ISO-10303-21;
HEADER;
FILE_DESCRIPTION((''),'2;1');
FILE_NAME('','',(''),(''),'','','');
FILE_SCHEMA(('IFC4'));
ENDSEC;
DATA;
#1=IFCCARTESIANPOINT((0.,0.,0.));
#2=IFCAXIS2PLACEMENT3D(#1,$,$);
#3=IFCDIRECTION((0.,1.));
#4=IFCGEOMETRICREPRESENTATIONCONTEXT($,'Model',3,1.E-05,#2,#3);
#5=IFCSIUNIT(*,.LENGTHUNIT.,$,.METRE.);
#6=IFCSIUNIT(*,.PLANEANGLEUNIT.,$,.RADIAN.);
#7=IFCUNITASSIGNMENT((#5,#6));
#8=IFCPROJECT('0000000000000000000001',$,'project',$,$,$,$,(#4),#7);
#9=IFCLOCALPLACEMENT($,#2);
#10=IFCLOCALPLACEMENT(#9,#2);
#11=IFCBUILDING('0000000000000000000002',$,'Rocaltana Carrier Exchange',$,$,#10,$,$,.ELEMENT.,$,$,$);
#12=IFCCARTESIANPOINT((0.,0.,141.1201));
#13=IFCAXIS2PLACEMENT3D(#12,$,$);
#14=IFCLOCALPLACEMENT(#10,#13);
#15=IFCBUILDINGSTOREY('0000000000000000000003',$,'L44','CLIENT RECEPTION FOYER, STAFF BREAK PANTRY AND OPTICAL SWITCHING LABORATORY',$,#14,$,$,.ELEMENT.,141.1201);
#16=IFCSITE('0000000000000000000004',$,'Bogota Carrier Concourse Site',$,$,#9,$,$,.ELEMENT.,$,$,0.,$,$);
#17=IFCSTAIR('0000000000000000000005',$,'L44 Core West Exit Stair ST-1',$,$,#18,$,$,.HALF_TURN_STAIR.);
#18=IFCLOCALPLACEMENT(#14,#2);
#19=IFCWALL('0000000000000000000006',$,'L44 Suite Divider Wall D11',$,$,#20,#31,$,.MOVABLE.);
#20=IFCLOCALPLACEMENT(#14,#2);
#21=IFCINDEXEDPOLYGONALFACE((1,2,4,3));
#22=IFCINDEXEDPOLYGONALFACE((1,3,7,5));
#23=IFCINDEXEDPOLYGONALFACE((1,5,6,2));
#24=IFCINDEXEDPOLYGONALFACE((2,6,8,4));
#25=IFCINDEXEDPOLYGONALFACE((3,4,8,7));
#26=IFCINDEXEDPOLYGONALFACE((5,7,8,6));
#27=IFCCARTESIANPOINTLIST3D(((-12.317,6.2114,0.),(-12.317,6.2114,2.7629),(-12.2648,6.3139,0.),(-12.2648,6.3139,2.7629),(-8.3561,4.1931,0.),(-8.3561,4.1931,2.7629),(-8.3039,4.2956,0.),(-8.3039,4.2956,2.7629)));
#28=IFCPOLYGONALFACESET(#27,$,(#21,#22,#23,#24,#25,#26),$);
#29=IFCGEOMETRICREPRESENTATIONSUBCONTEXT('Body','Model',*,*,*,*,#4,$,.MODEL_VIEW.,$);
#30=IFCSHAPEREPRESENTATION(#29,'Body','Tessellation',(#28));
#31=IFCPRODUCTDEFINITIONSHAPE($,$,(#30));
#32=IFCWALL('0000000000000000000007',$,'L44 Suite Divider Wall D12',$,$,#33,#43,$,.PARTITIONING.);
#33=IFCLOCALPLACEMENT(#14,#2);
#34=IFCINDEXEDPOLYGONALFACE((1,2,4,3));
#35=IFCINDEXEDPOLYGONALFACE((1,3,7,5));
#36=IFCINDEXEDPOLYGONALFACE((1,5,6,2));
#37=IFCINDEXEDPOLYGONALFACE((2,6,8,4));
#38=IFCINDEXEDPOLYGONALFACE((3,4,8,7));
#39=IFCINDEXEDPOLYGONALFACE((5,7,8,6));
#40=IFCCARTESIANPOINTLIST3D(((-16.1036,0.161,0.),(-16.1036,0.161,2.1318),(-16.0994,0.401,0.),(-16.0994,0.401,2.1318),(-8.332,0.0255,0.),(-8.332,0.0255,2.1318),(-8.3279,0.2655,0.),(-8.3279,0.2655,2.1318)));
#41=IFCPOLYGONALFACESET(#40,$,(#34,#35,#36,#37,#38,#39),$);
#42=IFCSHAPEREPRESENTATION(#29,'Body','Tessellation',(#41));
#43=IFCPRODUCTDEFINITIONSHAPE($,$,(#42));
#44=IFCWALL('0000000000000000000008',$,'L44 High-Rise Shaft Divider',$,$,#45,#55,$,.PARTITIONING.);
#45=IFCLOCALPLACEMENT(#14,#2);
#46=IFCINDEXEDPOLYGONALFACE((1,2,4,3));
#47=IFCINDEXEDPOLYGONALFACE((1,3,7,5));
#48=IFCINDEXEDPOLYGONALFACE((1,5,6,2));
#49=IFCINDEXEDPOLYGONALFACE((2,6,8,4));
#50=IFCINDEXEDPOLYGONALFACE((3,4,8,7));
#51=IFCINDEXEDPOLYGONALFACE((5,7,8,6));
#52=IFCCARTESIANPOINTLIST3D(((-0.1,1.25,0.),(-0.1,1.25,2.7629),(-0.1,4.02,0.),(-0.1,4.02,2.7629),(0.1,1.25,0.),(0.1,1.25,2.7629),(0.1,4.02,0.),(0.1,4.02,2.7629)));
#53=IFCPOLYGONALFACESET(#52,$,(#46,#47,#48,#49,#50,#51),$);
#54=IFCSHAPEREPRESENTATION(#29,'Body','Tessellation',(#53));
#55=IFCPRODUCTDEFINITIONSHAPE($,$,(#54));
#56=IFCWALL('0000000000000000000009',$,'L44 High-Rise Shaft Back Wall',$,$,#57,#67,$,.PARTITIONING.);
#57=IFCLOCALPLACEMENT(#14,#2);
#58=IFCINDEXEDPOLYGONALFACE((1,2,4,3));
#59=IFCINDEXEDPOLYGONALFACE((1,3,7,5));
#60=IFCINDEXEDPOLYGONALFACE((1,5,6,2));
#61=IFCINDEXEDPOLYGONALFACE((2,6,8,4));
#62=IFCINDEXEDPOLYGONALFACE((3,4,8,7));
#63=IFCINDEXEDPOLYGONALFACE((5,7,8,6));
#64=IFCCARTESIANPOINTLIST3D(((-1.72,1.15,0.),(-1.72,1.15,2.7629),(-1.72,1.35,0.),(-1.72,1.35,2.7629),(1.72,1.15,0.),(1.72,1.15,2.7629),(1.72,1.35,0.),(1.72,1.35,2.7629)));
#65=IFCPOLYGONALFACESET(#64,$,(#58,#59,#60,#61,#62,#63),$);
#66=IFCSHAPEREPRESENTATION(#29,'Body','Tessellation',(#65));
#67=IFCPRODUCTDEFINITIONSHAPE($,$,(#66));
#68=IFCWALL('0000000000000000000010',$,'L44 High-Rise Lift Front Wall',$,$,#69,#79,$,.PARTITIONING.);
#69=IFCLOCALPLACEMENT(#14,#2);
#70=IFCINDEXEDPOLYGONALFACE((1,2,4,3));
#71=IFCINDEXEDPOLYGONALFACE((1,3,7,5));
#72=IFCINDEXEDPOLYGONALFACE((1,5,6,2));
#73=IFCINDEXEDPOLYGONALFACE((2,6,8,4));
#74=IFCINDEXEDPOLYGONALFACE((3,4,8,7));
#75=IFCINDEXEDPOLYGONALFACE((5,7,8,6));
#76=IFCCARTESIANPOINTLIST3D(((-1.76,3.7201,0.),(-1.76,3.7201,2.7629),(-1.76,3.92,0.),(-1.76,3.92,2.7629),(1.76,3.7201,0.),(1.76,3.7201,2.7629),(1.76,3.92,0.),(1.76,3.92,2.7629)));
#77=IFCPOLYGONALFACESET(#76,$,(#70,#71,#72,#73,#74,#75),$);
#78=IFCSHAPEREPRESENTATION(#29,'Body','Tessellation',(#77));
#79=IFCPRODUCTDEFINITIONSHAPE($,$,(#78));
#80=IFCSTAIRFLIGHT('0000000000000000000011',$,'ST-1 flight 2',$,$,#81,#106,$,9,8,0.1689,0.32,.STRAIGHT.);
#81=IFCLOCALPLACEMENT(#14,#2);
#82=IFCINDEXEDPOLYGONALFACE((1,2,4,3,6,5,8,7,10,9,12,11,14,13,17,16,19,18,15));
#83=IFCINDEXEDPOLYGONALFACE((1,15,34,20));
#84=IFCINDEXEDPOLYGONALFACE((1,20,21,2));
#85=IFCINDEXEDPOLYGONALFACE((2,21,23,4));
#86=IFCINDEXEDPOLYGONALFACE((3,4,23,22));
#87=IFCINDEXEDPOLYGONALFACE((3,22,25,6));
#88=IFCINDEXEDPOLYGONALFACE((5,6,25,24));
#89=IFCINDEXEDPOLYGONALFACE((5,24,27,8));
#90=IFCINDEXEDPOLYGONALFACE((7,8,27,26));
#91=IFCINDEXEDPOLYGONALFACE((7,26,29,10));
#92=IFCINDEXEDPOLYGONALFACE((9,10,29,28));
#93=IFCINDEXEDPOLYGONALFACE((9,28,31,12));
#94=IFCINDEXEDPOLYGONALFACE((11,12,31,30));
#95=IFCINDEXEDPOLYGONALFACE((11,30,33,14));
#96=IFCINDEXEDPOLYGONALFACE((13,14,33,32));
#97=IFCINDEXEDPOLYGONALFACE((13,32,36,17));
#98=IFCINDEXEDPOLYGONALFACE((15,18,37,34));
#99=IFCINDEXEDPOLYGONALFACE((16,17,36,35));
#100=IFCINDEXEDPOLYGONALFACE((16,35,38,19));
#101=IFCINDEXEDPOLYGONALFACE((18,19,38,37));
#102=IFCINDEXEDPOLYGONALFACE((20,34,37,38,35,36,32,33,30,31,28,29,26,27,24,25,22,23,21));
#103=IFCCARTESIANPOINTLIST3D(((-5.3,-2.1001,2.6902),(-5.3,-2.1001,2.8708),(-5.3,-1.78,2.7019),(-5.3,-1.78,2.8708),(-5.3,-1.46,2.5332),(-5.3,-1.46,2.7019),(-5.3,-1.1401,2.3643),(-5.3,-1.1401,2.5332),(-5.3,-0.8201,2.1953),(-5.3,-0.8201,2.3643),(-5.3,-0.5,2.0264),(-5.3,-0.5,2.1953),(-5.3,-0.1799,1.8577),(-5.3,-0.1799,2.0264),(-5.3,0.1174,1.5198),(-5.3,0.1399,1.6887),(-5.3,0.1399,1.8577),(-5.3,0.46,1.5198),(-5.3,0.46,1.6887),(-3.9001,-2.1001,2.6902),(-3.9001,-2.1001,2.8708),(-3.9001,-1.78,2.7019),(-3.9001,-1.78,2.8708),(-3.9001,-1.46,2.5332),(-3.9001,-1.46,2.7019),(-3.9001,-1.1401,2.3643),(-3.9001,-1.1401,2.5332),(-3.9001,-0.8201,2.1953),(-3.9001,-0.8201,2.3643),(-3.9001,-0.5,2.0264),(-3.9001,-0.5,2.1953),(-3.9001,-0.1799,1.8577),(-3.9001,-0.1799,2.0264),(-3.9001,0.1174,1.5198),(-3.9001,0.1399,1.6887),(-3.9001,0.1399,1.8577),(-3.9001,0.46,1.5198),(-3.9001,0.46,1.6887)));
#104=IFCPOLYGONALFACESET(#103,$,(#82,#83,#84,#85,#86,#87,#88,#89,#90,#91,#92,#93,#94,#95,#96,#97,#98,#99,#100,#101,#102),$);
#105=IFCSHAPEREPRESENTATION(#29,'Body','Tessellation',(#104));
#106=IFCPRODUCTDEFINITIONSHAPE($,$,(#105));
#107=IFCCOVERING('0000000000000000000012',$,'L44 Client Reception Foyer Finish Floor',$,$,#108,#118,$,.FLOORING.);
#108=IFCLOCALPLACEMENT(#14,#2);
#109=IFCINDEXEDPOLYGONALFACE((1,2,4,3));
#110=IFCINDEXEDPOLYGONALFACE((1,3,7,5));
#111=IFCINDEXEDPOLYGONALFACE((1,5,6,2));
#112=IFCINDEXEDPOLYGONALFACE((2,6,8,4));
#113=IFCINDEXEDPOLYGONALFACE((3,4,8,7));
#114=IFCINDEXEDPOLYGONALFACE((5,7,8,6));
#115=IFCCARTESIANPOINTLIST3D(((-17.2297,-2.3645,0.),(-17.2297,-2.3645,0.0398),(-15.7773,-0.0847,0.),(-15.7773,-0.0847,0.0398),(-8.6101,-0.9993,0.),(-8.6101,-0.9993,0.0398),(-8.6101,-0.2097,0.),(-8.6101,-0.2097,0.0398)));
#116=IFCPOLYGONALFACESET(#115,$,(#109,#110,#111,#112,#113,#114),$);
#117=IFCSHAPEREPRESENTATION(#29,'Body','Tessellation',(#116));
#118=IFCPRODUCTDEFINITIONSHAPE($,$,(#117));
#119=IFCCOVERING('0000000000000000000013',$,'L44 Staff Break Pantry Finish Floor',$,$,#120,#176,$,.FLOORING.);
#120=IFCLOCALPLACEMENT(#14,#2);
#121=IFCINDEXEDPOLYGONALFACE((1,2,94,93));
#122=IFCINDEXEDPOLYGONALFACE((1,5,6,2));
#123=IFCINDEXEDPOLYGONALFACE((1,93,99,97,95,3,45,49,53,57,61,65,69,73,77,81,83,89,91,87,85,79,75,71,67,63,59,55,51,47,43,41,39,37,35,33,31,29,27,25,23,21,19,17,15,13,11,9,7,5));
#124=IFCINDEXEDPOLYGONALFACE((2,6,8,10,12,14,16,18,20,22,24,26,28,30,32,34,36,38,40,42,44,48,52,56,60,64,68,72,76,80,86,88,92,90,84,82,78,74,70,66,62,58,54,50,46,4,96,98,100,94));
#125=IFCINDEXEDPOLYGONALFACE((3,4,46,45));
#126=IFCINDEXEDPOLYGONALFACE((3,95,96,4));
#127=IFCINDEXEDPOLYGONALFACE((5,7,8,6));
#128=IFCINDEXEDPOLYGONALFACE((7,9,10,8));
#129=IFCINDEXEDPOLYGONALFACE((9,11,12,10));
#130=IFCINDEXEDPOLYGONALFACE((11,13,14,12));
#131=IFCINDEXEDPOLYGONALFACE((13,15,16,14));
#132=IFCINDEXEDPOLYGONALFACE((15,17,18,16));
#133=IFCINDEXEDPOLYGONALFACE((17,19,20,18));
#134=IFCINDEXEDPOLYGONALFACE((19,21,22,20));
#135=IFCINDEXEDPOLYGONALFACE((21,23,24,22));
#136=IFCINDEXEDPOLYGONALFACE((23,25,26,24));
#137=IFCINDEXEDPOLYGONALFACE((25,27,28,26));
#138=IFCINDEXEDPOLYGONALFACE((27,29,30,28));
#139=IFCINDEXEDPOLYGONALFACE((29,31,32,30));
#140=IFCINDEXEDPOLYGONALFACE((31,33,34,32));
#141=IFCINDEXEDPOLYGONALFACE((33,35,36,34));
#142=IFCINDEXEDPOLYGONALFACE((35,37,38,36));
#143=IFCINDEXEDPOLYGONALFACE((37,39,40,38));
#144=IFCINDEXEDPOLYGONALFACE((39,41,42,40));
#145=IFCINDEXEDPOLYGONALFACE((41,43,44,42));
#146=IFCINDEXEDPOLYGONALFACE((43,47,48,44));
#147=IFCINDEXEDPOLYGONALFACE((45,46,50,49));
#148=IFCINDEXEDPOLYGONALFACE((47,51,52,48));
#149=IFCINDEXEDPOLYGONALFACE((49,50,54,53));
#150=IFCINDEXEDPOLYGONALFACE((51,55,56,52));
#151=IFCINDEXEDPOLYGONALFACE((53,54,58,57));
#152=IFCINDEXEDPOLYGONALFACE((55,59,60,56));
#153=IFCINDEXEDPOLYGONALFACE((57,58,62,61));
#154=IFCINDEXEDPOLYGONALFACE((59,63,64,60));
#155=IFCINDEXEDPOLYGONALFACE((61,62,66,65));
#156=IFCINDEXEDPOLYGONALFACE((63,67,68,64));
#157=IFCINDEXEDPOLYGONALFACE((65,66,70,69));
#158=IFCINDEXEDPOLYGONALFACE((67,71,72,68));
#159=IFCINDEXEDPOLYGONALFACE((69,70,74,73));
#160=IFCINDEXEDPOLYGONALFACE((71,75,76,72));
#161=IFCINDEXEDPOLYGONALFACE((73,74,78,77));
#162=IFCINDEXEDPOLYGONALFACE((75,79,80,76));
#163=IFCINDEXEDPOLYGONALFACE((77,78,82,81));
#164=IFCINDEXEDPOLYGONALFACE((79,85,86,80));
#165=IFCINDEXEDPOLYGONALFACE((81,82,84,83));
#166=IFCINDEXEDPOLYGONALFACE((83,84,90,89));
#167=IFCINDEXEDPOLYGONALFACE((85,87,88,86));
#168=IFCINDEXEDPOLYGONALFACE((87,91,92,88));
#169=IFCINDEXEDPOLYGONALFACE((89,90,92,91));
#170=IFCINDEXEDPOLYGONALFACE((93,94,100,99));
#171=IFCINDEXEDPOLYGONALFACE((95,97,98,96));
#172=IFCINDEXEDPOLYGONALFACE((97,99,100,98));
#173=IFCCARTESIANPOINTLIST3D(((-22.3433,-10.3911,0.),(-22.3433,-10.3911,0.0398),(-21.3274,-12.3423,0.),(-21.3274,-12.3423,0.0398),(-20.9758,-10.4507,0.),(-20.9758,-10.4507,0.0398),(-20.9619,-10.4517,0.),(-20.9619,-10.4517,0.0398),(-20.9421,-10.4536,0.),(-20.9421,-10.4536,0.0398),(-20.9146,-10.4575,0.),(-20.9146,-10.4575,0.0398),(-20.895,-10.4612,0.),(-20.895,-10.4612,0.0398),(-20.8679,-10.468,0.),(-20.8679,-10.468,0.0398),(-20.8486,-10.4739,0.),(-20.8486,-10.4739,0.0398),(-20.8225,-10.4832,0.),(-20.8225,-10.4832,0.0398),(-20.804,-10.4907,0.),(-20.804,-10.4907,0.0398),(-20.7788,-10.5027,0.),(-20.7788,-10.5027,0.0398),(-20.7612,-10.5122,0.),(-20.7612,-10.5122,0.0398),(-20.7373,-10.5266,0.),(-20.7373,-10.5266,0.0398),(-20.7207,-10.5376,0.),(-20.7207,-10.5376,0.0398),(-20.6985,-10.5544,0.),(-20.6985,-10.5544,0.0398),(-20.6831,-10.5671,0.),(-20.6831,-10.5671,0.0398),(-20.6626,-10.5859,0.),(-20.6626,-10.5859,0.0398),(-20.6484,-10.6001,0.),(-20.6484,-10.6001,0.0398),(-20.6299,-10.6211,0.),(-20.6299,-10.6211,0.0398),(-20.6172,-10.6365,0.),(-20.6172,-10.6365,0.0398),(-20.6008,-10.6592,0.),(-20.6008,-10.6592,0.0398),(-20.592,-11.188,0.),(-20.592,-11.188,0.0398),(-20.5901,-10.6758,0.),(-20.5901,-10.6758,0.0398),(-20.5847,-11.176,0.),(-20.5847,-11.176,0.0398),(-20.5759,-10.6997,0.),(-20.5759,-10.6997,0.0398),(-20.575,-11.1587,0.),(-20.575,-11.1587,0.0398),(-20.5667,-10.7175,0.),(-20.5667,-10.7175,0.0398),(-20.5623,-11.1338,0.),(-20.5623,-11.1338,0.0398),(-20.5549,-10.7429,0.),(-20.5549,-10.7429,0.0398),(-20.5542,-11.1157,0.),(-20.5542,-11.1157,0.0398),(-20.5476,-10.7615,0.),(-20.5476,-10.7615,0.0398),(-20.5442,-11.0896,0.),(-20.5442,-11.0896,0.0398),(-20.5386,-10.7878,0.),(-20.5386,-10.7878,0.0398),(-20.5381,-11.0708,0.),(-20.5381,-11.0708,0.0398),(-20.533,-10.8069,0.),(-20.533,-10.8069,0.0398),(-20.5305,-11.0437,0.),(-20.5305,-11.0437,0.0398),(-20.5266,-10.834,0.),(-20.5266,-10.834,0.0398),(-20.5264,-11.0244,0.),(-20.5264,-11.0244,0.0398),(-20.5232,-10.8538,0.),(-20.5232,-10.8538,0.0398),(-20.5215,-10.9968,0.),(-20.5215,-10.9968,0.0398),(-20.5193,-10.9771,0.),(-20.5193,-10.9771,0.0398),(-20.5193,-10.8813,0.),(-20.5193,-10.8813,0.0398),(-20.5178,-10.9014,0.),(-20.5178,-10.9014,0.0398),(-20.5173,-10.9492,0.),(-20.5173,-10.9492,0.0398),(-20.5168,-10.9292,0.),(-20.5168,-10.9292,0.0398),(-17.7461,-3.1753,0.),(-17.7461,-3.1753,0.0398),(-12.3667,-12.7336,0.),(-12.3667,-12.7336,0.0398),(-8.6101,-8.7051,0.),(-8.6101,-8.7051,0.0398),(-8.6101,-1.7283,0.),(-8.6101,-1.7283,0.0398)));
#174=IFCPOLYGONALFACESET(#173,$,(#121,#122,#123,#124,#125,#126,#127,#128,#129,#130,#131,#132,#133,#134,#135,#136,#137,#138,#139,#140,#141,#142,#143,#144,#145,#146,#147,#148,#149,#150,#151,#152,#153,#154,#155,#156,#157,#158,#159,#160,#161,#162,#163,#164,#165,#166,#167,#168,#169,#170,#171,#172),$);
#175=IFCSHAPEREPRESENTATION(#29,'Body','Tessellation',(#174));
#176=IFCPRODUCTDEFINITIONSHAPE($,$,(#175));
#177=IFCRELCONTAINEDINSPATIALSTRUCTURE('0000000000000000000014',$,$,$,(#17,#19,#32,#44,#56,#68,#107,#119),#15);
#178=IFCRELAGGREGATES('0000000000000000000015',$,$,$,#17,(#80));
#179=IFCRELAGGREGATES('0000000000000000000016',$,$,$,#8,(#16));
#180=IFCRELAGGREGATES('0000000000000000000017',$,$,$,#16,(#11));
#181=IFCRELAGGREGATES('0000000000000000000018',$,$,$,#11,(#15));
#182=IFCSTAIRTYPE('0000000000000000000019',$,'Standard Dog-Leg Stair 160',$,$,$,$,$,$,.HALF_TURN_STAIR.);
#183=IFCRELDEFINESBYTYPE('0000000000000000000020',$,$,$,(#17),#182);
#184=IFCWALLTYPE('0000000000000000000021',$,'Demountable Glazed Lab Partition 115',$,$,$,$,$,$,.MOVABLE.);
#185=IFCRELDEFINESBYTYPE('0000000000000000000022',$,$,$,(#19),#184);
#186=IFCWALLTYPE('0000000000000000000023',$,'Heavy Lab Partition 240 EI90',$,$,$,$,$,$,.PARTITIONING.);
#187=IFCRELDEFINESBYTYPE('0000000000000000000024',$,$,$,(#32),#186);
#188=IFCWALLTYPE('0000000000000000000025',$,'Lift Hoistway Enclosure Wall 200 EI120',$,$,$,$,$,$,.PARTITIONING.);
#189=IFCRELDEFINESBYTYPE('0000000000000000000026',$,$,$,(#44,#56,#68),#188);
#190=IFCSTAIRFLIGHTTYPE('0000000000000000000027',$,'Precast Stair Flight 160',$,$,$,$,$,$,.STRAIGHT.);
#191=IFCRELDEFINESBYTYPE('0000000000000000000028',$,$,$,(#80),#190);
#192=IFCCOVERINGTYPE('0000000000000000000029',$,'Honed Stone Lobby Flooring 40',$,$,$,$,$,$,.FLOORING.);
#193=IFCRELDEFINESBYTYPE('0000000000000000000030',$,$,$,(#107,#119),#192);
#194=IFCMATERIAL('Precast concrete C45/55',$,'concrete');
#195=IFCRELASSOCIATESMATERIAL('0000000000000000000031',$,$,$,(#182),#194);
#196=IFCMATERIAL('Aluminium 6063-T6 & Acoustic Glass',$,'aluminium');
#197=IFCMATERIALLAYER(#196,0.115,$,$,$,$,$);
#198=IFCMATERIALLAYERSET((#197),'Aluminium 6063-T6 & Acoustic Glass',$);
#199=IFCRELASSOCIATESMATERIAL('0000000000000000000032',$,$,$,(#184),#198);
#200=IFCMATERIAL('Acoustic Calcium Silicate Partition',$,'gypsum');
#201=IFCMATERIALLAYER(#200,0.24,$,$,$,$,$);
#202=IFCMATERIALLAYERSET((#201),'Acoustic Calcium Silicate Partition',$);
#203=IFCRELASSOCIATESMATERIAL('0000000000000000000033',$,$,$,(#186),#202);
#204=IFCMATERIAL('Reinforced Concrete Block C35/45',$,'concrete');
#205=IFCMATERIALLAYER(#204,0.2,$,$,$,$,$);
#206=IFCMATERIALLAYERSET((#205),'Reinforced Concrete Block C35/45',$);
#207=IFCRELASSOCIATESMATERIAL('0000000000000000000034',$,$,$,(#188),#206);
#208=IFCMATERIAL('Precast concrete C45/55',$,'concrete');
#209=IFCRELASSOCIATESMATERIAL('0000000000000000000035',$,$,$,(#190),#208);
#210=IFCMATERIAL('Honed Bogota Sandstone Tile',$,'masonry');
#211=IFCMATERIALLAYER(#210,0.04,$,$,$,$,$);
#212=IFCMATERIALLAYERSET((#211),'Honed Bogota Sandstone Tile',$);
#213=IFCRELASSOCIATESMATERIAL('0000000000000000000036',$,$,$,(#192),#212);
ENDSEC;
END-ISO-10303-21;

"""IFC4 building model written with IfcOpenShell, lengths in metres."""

from ifc_helpers import new_model, si_unit, direction, frame, frame_2d, origin, place, context, subcontext, project, spatial, polyline, rectangle, outline, extrude, material, layer, layer_set, type_object, element, aggregate, save


model = new_model("IFC4")

# Units and contexts
model_context = context("Model", 3, precision=1e-05, world=origin(), true_north=direction((0.0, 1.0)))
body_context = subcontext(model_context, "Body", "Model", "MODEL_VIEW")
ifc_project = project(units=[si_unit("LENGTHUNIT", "METRE"), si_unit("PLANEANGLEUNIT", "RADIAN")], contexts=[model_context])

# Site, building, storey
site_placement = place(None, origin())
site = spatial("IfcSite", under=ifc_project, at=site_placement, Name="Bogota Carrier Concourse Site", CompositionType="ELEMENT", RefElevation=0.0)
building_placement = place(site_placement, origin())
building = spatial("IfcBuilding", under=site, at=building_placement, Name="Rocaltana Carrier Exchange", CompositionType="ELEMENT")
storey_placement = place(building_placement, frame((0.0, 0.0, 141.1201)))
storey = spatial("IfcBuildingStorey", under=building, at=storey_placement, Name="L44", Description="CLIENT RECEPTION FOYER, STAFF BREAK PANTRY AND OPTICAL SWITCHING LABORATORY", CompositionType="ELEMENT", Elevation=141.1201)

# Stair
ifc_material_1 = material(Name="Precast concrete C45/55", Category="concrete")
stair_type = type_object("IfcStairType", Name="Standard Dog-Leg Stair 160", PredefinedType="HALF_TURN_STAIR", material=ifc_material_1)
stair_1_placement = place(storey_placement, origin())
stair_1 = element("IfcStair", 1, at=stair_1_placement, inside=storey, type_object=stair_type, Name="L44 Core West Exit Stair ST-1", PredefinedType="HALF_TURN_STAIR")

# Walls
ifc_material_2 = material(Name="Aluminium 6063-T6 & Acoustic Glass", Category="aluminium")
ifc_layer_1 = layer(ifc_material_2, 0.115)
ifc_layer_set_1 = layer_set([ifc_layer_1], Name="Aluminium 6063-T6 & Acoustic Glass")
wall_type_1 = type_object("IfcWallType", Name="Demountable Glazed Lab Partition 115", PredefinedType="MOVABLE", material=ifc_layer_set_1)
wall_1_placement = place(storey_placement, frame((-8.3301, 4.2444, 0.0), z_axis=(0.0, 0.0, 1.0), x_axis=(-0.890996, 0.454011, 0.0)))
element("IfcWall", 2, at=wall_1_placement, inside=storey, type_object=wall_type_1, Name="L44 Suite Divider Wall D11", PredefinedType="MOVABLE", context=body_context, shape_type="SweptSolid", body=[
    extrude(rectangle(XDim=4.4456, YDim=0.115, at=frame_2d((2.2227, 0.0))), origin(), (0.0, 0.0, 1.0), 2.7629),
])
ifc_material_3 = material(Name="Acoustic Calcium Silicate Partition", Category="gypsum")
ifc_layer_2 = layer(ifc_material_3, 0.24)
ifc_layer_set_2 = layer_set([ifc_layer_2], Name="Acoustic Calcium Silicate Partition")
wall_type_2 = type_object("IfcWallType", Name="Heavy Lab Partition 240 EI90", PredefinedType="PARTITIONING", material=ifc_layer_set_2)
wall_2_placement = place(storey_placement, frame((-8.3301, 0.1455, 0.0), z_axis=(0.0, 0.0, 1.0), x_axis=(-0.999848, 0.017433, 0.0)))
element("IfcWall", 3, at=wall_2_placement, inside=storey, type_object=wall_type_2, Name="L44 Suite Divider Wall D12", PredefinedType="PARTITIONING", context=body_context, shape_type="SweptSolid", body=[
    extrude(rectangle(XDim=7.7727, YDim=0.24, at=frame_2d((3.8862, 0.0))), origin(), (0.0, 0.0, 1.0), 2.1318),
])
ifc_material_4 = material(Name="Reinforced Concrete Block C35/45", Category="concrete")
ifc_layer_3 = layer(ifc_material_4, 0.2)
ifc_layer_set_3 = layer_set([ifc_layer_3], Name="Reinforced Concrete Block C35/45")
wall_type_3 = type_object("IfcWallType", Name="Lift Hoistway Enclosure Wall 200 EI120", PredefinedType="PARTITIONING", material=ifc_layer_set_3)
wall_3_placement = place(storey_placement, frame((0.0, 1.25, 0.0), z_axis=(0.0, 0.0, 1.0), x_axis=(0.0, 1.0, 0.0)))
element("IfcWall", 4, at=wall_3_placement, inside=storey, type_object=wall_type_3, Name="L44 High-Rise Shaft Divider", PredefinedType="PARTITIONING", context=body_context, shape_type="SweptSolid", body=[
    extrude(rectangle(XDim=2.77, YDim=0.2, at=frame_2d((1.385, 0.0))), origin(), (0.0, 0.0, 1.0), 2.7629),
])
wall_4_placement = place(storey_placement, frame((-1.72, 1.25, 0.0), z_axis=(0.0, 0.0, 1.0), x_axis=(1.0, 0.0, 0.0)))
element("IfcWall", 5, at=wall_4_placement, inside=storey, type_object=wall_type_3, Name="L44 High-Rise Shaft Back Wall", PredefinedType="PARTITIONING", context=body_context, shape_type="SweptSolid", body=[
    extrude(rectangle(XDim=3.4399, YDim=0.2, at=frame_2d((1.72, 0.0))), origin(), (0.0, 0.0, 1.0), 2.7629),
])
wall_5_placement = place(storey_placement, frame((-1.76, 3.8201, 0.0), z_axis=(0.0, 0.0, 1.0), x_axis=(1.0, 0.0, 0.0)))
element("IfcWall", 6, at=wall_5_placement, inside=storey, type_object=wall_type_3, Name="L44 High-Rise Lift Front Wall", PredefinedType="PARTITIONING", context=body_context, shape_type="SweptSolid", body=[
    extrude(rectangle(XDim=3.52, YDim=0.2, at=frame_2d((1.76, 0.0))), origin(), (0.0, 0.0, 1.0), 2.7629),
])

# Stair flight
ifc_material_5 = material(Name="Precast concrete C45/55", Category="concrete")
stair_flight_type = type_object("IfcStairFlightType", Name="Precast Stair Flight 160", PredefinedType="STRAIGHT", material=ifc_material_5)
stair_flight_placement = place(storey_placement, frame((-4.6001, 0.46, 1.5198), z_axis=(0.0, 0.0, 1.0), x_axis=(0.0, -1.0, 0.0)))
stair_flight = element("IfcStairFlight", 7, at=stair_flight_placement, type_object=stair_flight_type, Name="ST-1 flight 2", NumberOfRisers=9, NumberOfTreads=8, PredefinedType="STRAIGHT", RiserHeight=0.1689, TreadLength=0.32, context=body_context, shape_type="SweptSolid", body=[
    extrude(outline(polyline([(0.0, 0.0), (0.0, 0.1689), (0.3201, 0.1689), (0.3201, 0.3379), (0.6399, 0.3379), (0.6399, 0.5066), (0.96, 0.5066), (0.96, 0.6755), (1.28, 0.6755), (1.28, 0.8445), (1.6001, 0.8445), (1.6001, 1.0134), (1.9199, 1.0134), (1.9199, 1.1821), (2.24, 1.1821), (2.24, 1.3511), (2.5601, 1.3511), (2.5601, 1.52), (2.5601, 1.1704), (0.3425, 0.0), (0.0, 0.0)])), frame((0.0, 0.7, 0.0), z_axis=(0.0, -1.0, 0.0), x_axis=(1.0, 0.0, 0.0)), (0.0, 0.0, 1.0), 1.3999),
])
aggregate(stair_1, [stair_flight])

# Coverings
ifc_material_6 = material(Name="Honed Bogota Sandstone Tile", Category="masonry")
ifc_layer_4 = layer(ifc_material_6, 0.04)
ifc_layer_set_4 = layer_set([ifc_layer_4], Name="Honed Bogota Sandstone Tile")
covering_type_1 = type_object("IfcCoveringType", Name="Honed Stone Lobby Flooring 40", PredefinedType="FLOORING", material=ifc_layer_set_4)
covering_1_placement = place(storey_placement, origin())
element("IfcCovering", 8, at=covering_1_placement, inside=storey, type_object=covering_type_1, Name="L44 Client Reception Foyer Finish Floor", PredefinedType="FLOORING", context=body_context, shape_type="SweptSolid", body=[
    extrude(outline(polyline([(-15.7773, -0.0847), (-8.6101, -0.2097), (-8.6101, -0.9993), (-17.2297, -2.3645), (-15.7773, -0.0847)])), origin(), (0.0, 0.0, 1.0), 0.0398),
])
covering_2_placement = place(storey_placement, origin())
element("IfcCovering", 9, at=covering_2_placement, inside=storey, type_object=covering_type_1, Name="L44 Staff Break Pantry Finish Floor", PredefinedType="FLOORING", context=body_context, shape_type="SweptSolid", body=[
    extrude(outline(polyline([(-20.592, -11.188), (-20.5847, -11.176), (-20.575, -11.1587), (-20.5623, -11.1338), (-20.5542, -11.1157), (-20.5442, -11.0896), (-20.5381, -11.0708), (-20.5305, -11.0437), (-20.5264, -11.0244), (-20.5215, -10.9968), (-20.5193, -10.9771), (-20.5173, -10.9492), (-20.5168, -10.9292), (-20.5178, -10.9014), (-20.5193, -10.8813), (-20.5232, -10.8538), (-20.5266, -10.834), (-20.533, -10.8069), (-20.5386, -10.7878), (-20.5476, -10.7615), (-20.5549, -10.7429), (-20.5667, -10.7175), (-20.5759, -10.6997), (-20.5901, -10.6758), (-20.6008, -10.6592), (-20.6172, -10.6365), (-20.6299, -10.6211), (-20.6484, -10.6001), (-20.6626, -10.5859), (-20.6831, -10.5671), (-20.6985, -10.5544), (-20.7207, -10.5376), (-20.7373, -10.5266), (-20.7612, -10.5122), (-20.7788, -10.5027), (-20.804, -10.4907), (-20.8225, -10.4832), (-20.8486, -10.4739), (-20.8679, -10.468), (-20.895, -10.4612), (-20.9146, -10.4575), (-20.9421, -10.4536), (-20.9619, -10.4517), (-20.9758, -10.4507), (-22.3433, -10.3911), (-17.7461, -3.1753), (-8.6101, -1.7283), (-8.6101, -8.7051), (-12.3667, -12.7336), (-21.3274, -12.3423), (-20.592, -11.188)])), origin(), (0.0, 0.0, 1.0), 0.0398),
])

save(model, "model.ifc")
